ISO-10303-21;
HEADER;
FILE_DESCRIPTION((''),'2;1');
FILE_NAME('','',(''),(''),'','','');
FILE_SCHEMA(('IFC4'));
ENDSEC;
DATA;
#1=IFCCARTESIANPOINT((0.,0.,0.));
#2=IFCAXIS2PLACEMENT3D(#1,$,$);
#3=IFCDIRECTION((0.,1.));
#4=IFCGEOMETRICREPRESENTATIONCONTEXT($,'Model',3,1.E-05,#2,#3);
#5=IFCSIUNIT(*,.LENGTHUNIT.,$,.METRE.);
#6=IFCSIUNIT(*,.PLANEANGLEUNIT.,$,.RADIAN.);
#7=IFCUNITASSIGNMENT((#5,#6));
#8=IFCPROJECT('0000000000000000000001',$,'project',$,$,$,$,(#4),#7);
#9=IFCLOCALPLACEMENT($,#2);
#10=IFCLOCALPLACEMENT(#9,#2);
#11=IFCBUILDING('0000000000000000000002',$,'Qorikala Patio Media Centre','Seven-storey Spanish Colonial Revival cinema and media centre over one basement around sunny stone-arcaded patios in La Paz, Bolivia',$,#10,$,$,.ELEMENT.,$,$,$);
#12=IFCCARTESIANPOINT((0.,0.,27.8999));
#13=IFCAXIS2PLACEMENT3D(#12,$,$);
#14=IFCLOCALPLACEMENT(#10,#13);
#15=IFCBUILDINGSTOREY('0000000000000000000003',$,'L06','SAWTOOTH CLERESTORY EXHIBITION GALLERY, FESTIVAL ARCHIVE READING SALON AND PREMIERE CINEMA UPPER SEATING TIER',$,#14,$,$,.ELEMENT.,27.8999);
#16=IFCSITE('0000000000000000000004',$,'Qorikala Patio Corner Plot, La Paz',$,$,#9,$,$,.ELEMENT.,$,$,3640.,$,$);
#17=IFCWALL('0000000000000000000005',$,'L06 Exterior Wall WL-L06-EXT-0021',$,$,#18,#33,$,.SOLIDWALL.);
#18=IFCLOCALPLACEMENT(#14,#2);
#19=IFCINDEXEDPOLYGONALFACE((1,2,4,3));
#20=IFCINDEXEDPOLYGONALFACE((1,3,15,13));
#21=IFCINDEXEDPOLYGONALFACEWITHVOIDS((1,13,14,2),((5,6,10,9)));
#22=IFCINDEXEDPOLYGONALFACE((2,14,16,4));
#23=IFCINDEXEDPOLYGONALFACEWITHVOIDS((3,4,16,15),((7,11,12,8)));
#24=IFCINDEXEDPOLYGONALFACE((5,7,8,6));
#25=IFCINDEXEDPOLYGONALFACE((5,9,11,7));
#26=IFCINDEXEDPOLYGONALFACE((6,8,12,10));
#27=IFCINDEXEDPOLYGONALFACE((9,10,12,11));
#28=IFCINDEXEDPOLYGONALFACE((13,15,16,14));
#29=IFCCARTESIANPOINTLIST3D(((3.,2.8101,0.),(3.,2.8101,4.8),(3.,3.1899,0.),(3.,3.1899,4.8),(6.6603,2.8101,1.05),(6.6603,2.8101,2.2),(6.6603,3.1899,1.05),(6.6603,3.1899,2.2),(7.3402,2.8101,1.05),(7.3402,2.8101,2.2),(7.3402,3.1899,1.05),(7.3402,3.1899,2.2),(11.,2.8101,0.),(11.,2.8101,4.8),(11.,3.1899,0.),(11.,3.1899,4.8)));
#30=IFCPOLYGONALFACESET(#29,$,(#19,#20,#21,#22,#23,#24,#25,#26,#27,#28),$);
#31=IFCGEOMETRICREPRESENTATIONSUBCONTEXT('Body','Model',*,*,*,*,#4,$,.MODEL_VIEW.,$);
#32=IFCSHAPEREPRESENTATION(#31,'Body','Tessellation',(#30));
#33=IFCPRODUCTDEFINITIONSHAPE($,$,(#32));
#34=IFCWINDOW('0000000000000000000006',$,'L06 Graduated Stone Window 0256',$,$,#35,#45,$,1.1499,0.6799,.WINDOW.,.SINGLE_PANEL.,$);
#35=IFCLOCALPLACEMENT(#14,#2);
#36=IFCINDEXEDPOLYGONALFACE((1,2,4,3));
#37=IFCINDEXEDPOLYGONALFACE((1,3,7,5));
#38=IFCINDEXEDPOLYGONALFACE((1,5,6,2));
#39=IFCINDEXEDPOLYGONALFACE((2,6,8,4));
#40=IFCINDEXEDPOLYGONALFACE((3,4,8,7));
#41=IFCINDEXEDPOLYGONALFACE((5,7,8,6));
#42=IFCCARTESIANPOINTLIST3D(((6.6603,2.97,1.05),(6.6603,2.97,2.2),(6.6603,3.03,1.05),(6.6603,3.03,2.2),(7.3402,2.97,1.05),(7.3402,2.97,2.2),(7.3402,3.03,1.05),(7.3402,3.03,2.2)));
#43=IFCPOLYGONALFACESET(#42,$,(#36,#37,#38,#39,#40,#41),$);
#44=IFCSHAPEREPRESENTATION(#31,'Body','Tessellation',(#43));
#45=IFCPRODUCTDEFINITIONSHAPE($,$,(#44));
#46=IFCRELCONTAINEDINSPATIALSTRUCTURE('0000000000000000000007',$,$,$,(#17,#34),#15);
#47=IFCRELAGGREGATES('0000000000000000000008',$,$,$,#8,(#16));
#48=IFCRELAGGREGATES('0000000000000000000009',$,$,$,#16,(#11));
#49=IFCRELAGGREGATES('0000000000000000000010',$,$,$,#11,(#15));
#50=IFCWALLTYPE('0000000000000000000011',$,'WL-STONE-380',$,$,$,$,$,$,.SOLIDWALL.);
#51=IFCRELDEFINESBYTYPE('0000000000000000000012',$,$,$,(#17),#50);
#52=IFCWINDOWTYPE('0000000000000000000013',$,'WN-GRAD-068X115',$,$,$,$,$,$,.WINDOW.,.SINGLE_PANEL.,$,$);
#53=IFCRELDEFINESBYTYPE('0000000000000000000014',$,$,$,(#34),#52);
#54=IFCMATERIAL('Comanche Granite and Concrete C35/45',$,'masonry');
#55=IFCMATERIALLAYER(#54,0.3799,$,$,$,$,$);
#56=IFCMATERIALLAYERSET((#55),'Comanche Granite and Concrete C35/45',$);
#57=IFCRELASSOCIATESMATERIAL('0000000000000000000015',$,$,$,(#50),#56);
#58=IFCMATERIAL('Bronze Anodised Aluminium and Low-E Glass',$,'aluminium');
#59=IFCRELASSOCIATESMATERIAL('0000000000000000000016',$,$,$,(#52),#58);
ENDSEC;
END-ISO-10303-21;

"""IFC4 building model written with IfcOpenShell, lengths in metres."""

from ifc_helpers import new_model, si_unit, direction, frame, frame_2d, origin, place, context, subcontext, project, spatial, rectangle, extrude, material, layer, layer_set, type_object, element, fill, save


model = new_model("IFC4")

# Units and contexts
model_context = context("Model", 3, precision=1e-05, world=origin(), true_north=direction((0.0, 1.0)))
body_context = subcontext(model_context, "Body", "Model", "MODEL_VIEW")
ifc_project = project(units=[si_unit("LENGTHUNIT", "METRE"), si_unit("PLANEANGLEUNIT", "RADIAN")], contexts=[model_context])

# Site, building, storey
site_placement = place(None, origin())
site = spatial("IfcSite", under=ifc_project, at=site_placement, Name="Qorikala Patio Corner Plot, La Paz", CompositionType="ELEMENT", RefElevation=3640.0)
building_placement = place(site_placement, origin())
building = spatial("IfcBuilding", under=site, at=building_placement, Name="Qorikala Patio Media Centre", Description="Seven-storey Spanish Colonial Revival cinema and media centre over one basement around sunny stone-arcaded patios in La Paz, Bolivia", CompositionType="ELEMENT")
storey_placement = place(building_placement, frame((0.0, 0.0, 27.8999)))
storey = spatial("IfcBuildingStorey", under=building, at=storey_placement, Name="L06", Description="SAWTOOTH CLERESTORY EXHIBITION GALLERY, FESTIVAL ARCHIVE READING SALON AND PREMIERE CINEMA UPPER SEATING TIER", CompositionType="ELEMENT", Elevation=27.8999)

# Wall, opening, window
ifc_material_1 = material(Name="Comanche Granite and Concrete C35/45", Category="masonry")
ifc_layer_1 = layer(ifc_material_1, 0.3799)
ifc_layer_set_1 = layer_set([ifc_layer_1], Name="Comanche Granite and Concrete C35/45")
wall_type_1 = type_object("IfcWallType", Name="WL-STONE-380", PredefinedType="SOLIDWALL", material=ifc_layer_set_1)
ifc_material_2 = material(Name="Bronze Anodised Aluminium and Low-E Glass", Category="aluminium")
wall_1_placement = place(storey_placement, frame((11.0, 3.0, 0.0), z_axis=(0.0, 0.0, 1.0), x_axis=(-1.0, 0.0, 0.0)))
wall_1 = element("IfcWall", 1, at=wall_1_placement, inside=storey, type_object=wall_type_1, Name="L06 Exterior Wall WL-L06-EXT-0021", PredefinedType="SOLIDWALL", context=body_context, shape_type="SweptSolid", body=[
    extrude(rectangle(XDim=8.0, YDim=0.3799, at=frame_2d((4.0, 0.0))), origin(), (0.0, 0.0, 1.0), 4.8),
])
opening_1_placement = place(wall_1_placement, frame((3.6599, 0.0, 1.05)))
opening_1 = element("IfcOpeningElement", 2, at=opening_1_placement, cuts=wall_1, PredefinedType="OPENING", context=body_context, shape_type="SweptSolid", body=[
    extrude(rectangle(XDim=0.6799, YDim=1.1499, at=frame_2d((0.3398, 0.575))), frame((0.0, 0.2, 0.0), z_axis=(0.0, -1.0, 0.0), x_axis=(1.0, 0.0, 0.0)), (0.0, 0.0, 1.0), 0.3999),
])
window_type_1 = type_object("IfcWindowType", Name="WN-GRAD-068X115", PartitioningType="SINGLE_PANEL", PredefinedType="WINDOW", material=ifc_material_2)
window_1_placement = place(opening_1_placement, origin())
window_1 = element("IfcWindow", 3, at=window_1_placement, inside=storey, type_object=window_type_1, Name="L06 Graduated Stone Window 0256", OverallHeight=1.1499, OverallWidth=0.6799, PartitioningType="SINGLE_PANEL", PredefinedType="WINDOW", context=body_context, shape_type="SweptSolid", body=[
    extrude(rectangle(XDim=0.6799, YDim=1.1499, at=frame_2d((0.3398, 0.575))), frame((0.0, 0.03, 0.0), z_axis=(0.0, -1.0, 0.0), x_axis=(1.0, 0.0, 0.0)), (0.0, 0.0, 1.0), 0.0601),
])
fill(opening_1, window_1)

save(model, "model.ifc")
